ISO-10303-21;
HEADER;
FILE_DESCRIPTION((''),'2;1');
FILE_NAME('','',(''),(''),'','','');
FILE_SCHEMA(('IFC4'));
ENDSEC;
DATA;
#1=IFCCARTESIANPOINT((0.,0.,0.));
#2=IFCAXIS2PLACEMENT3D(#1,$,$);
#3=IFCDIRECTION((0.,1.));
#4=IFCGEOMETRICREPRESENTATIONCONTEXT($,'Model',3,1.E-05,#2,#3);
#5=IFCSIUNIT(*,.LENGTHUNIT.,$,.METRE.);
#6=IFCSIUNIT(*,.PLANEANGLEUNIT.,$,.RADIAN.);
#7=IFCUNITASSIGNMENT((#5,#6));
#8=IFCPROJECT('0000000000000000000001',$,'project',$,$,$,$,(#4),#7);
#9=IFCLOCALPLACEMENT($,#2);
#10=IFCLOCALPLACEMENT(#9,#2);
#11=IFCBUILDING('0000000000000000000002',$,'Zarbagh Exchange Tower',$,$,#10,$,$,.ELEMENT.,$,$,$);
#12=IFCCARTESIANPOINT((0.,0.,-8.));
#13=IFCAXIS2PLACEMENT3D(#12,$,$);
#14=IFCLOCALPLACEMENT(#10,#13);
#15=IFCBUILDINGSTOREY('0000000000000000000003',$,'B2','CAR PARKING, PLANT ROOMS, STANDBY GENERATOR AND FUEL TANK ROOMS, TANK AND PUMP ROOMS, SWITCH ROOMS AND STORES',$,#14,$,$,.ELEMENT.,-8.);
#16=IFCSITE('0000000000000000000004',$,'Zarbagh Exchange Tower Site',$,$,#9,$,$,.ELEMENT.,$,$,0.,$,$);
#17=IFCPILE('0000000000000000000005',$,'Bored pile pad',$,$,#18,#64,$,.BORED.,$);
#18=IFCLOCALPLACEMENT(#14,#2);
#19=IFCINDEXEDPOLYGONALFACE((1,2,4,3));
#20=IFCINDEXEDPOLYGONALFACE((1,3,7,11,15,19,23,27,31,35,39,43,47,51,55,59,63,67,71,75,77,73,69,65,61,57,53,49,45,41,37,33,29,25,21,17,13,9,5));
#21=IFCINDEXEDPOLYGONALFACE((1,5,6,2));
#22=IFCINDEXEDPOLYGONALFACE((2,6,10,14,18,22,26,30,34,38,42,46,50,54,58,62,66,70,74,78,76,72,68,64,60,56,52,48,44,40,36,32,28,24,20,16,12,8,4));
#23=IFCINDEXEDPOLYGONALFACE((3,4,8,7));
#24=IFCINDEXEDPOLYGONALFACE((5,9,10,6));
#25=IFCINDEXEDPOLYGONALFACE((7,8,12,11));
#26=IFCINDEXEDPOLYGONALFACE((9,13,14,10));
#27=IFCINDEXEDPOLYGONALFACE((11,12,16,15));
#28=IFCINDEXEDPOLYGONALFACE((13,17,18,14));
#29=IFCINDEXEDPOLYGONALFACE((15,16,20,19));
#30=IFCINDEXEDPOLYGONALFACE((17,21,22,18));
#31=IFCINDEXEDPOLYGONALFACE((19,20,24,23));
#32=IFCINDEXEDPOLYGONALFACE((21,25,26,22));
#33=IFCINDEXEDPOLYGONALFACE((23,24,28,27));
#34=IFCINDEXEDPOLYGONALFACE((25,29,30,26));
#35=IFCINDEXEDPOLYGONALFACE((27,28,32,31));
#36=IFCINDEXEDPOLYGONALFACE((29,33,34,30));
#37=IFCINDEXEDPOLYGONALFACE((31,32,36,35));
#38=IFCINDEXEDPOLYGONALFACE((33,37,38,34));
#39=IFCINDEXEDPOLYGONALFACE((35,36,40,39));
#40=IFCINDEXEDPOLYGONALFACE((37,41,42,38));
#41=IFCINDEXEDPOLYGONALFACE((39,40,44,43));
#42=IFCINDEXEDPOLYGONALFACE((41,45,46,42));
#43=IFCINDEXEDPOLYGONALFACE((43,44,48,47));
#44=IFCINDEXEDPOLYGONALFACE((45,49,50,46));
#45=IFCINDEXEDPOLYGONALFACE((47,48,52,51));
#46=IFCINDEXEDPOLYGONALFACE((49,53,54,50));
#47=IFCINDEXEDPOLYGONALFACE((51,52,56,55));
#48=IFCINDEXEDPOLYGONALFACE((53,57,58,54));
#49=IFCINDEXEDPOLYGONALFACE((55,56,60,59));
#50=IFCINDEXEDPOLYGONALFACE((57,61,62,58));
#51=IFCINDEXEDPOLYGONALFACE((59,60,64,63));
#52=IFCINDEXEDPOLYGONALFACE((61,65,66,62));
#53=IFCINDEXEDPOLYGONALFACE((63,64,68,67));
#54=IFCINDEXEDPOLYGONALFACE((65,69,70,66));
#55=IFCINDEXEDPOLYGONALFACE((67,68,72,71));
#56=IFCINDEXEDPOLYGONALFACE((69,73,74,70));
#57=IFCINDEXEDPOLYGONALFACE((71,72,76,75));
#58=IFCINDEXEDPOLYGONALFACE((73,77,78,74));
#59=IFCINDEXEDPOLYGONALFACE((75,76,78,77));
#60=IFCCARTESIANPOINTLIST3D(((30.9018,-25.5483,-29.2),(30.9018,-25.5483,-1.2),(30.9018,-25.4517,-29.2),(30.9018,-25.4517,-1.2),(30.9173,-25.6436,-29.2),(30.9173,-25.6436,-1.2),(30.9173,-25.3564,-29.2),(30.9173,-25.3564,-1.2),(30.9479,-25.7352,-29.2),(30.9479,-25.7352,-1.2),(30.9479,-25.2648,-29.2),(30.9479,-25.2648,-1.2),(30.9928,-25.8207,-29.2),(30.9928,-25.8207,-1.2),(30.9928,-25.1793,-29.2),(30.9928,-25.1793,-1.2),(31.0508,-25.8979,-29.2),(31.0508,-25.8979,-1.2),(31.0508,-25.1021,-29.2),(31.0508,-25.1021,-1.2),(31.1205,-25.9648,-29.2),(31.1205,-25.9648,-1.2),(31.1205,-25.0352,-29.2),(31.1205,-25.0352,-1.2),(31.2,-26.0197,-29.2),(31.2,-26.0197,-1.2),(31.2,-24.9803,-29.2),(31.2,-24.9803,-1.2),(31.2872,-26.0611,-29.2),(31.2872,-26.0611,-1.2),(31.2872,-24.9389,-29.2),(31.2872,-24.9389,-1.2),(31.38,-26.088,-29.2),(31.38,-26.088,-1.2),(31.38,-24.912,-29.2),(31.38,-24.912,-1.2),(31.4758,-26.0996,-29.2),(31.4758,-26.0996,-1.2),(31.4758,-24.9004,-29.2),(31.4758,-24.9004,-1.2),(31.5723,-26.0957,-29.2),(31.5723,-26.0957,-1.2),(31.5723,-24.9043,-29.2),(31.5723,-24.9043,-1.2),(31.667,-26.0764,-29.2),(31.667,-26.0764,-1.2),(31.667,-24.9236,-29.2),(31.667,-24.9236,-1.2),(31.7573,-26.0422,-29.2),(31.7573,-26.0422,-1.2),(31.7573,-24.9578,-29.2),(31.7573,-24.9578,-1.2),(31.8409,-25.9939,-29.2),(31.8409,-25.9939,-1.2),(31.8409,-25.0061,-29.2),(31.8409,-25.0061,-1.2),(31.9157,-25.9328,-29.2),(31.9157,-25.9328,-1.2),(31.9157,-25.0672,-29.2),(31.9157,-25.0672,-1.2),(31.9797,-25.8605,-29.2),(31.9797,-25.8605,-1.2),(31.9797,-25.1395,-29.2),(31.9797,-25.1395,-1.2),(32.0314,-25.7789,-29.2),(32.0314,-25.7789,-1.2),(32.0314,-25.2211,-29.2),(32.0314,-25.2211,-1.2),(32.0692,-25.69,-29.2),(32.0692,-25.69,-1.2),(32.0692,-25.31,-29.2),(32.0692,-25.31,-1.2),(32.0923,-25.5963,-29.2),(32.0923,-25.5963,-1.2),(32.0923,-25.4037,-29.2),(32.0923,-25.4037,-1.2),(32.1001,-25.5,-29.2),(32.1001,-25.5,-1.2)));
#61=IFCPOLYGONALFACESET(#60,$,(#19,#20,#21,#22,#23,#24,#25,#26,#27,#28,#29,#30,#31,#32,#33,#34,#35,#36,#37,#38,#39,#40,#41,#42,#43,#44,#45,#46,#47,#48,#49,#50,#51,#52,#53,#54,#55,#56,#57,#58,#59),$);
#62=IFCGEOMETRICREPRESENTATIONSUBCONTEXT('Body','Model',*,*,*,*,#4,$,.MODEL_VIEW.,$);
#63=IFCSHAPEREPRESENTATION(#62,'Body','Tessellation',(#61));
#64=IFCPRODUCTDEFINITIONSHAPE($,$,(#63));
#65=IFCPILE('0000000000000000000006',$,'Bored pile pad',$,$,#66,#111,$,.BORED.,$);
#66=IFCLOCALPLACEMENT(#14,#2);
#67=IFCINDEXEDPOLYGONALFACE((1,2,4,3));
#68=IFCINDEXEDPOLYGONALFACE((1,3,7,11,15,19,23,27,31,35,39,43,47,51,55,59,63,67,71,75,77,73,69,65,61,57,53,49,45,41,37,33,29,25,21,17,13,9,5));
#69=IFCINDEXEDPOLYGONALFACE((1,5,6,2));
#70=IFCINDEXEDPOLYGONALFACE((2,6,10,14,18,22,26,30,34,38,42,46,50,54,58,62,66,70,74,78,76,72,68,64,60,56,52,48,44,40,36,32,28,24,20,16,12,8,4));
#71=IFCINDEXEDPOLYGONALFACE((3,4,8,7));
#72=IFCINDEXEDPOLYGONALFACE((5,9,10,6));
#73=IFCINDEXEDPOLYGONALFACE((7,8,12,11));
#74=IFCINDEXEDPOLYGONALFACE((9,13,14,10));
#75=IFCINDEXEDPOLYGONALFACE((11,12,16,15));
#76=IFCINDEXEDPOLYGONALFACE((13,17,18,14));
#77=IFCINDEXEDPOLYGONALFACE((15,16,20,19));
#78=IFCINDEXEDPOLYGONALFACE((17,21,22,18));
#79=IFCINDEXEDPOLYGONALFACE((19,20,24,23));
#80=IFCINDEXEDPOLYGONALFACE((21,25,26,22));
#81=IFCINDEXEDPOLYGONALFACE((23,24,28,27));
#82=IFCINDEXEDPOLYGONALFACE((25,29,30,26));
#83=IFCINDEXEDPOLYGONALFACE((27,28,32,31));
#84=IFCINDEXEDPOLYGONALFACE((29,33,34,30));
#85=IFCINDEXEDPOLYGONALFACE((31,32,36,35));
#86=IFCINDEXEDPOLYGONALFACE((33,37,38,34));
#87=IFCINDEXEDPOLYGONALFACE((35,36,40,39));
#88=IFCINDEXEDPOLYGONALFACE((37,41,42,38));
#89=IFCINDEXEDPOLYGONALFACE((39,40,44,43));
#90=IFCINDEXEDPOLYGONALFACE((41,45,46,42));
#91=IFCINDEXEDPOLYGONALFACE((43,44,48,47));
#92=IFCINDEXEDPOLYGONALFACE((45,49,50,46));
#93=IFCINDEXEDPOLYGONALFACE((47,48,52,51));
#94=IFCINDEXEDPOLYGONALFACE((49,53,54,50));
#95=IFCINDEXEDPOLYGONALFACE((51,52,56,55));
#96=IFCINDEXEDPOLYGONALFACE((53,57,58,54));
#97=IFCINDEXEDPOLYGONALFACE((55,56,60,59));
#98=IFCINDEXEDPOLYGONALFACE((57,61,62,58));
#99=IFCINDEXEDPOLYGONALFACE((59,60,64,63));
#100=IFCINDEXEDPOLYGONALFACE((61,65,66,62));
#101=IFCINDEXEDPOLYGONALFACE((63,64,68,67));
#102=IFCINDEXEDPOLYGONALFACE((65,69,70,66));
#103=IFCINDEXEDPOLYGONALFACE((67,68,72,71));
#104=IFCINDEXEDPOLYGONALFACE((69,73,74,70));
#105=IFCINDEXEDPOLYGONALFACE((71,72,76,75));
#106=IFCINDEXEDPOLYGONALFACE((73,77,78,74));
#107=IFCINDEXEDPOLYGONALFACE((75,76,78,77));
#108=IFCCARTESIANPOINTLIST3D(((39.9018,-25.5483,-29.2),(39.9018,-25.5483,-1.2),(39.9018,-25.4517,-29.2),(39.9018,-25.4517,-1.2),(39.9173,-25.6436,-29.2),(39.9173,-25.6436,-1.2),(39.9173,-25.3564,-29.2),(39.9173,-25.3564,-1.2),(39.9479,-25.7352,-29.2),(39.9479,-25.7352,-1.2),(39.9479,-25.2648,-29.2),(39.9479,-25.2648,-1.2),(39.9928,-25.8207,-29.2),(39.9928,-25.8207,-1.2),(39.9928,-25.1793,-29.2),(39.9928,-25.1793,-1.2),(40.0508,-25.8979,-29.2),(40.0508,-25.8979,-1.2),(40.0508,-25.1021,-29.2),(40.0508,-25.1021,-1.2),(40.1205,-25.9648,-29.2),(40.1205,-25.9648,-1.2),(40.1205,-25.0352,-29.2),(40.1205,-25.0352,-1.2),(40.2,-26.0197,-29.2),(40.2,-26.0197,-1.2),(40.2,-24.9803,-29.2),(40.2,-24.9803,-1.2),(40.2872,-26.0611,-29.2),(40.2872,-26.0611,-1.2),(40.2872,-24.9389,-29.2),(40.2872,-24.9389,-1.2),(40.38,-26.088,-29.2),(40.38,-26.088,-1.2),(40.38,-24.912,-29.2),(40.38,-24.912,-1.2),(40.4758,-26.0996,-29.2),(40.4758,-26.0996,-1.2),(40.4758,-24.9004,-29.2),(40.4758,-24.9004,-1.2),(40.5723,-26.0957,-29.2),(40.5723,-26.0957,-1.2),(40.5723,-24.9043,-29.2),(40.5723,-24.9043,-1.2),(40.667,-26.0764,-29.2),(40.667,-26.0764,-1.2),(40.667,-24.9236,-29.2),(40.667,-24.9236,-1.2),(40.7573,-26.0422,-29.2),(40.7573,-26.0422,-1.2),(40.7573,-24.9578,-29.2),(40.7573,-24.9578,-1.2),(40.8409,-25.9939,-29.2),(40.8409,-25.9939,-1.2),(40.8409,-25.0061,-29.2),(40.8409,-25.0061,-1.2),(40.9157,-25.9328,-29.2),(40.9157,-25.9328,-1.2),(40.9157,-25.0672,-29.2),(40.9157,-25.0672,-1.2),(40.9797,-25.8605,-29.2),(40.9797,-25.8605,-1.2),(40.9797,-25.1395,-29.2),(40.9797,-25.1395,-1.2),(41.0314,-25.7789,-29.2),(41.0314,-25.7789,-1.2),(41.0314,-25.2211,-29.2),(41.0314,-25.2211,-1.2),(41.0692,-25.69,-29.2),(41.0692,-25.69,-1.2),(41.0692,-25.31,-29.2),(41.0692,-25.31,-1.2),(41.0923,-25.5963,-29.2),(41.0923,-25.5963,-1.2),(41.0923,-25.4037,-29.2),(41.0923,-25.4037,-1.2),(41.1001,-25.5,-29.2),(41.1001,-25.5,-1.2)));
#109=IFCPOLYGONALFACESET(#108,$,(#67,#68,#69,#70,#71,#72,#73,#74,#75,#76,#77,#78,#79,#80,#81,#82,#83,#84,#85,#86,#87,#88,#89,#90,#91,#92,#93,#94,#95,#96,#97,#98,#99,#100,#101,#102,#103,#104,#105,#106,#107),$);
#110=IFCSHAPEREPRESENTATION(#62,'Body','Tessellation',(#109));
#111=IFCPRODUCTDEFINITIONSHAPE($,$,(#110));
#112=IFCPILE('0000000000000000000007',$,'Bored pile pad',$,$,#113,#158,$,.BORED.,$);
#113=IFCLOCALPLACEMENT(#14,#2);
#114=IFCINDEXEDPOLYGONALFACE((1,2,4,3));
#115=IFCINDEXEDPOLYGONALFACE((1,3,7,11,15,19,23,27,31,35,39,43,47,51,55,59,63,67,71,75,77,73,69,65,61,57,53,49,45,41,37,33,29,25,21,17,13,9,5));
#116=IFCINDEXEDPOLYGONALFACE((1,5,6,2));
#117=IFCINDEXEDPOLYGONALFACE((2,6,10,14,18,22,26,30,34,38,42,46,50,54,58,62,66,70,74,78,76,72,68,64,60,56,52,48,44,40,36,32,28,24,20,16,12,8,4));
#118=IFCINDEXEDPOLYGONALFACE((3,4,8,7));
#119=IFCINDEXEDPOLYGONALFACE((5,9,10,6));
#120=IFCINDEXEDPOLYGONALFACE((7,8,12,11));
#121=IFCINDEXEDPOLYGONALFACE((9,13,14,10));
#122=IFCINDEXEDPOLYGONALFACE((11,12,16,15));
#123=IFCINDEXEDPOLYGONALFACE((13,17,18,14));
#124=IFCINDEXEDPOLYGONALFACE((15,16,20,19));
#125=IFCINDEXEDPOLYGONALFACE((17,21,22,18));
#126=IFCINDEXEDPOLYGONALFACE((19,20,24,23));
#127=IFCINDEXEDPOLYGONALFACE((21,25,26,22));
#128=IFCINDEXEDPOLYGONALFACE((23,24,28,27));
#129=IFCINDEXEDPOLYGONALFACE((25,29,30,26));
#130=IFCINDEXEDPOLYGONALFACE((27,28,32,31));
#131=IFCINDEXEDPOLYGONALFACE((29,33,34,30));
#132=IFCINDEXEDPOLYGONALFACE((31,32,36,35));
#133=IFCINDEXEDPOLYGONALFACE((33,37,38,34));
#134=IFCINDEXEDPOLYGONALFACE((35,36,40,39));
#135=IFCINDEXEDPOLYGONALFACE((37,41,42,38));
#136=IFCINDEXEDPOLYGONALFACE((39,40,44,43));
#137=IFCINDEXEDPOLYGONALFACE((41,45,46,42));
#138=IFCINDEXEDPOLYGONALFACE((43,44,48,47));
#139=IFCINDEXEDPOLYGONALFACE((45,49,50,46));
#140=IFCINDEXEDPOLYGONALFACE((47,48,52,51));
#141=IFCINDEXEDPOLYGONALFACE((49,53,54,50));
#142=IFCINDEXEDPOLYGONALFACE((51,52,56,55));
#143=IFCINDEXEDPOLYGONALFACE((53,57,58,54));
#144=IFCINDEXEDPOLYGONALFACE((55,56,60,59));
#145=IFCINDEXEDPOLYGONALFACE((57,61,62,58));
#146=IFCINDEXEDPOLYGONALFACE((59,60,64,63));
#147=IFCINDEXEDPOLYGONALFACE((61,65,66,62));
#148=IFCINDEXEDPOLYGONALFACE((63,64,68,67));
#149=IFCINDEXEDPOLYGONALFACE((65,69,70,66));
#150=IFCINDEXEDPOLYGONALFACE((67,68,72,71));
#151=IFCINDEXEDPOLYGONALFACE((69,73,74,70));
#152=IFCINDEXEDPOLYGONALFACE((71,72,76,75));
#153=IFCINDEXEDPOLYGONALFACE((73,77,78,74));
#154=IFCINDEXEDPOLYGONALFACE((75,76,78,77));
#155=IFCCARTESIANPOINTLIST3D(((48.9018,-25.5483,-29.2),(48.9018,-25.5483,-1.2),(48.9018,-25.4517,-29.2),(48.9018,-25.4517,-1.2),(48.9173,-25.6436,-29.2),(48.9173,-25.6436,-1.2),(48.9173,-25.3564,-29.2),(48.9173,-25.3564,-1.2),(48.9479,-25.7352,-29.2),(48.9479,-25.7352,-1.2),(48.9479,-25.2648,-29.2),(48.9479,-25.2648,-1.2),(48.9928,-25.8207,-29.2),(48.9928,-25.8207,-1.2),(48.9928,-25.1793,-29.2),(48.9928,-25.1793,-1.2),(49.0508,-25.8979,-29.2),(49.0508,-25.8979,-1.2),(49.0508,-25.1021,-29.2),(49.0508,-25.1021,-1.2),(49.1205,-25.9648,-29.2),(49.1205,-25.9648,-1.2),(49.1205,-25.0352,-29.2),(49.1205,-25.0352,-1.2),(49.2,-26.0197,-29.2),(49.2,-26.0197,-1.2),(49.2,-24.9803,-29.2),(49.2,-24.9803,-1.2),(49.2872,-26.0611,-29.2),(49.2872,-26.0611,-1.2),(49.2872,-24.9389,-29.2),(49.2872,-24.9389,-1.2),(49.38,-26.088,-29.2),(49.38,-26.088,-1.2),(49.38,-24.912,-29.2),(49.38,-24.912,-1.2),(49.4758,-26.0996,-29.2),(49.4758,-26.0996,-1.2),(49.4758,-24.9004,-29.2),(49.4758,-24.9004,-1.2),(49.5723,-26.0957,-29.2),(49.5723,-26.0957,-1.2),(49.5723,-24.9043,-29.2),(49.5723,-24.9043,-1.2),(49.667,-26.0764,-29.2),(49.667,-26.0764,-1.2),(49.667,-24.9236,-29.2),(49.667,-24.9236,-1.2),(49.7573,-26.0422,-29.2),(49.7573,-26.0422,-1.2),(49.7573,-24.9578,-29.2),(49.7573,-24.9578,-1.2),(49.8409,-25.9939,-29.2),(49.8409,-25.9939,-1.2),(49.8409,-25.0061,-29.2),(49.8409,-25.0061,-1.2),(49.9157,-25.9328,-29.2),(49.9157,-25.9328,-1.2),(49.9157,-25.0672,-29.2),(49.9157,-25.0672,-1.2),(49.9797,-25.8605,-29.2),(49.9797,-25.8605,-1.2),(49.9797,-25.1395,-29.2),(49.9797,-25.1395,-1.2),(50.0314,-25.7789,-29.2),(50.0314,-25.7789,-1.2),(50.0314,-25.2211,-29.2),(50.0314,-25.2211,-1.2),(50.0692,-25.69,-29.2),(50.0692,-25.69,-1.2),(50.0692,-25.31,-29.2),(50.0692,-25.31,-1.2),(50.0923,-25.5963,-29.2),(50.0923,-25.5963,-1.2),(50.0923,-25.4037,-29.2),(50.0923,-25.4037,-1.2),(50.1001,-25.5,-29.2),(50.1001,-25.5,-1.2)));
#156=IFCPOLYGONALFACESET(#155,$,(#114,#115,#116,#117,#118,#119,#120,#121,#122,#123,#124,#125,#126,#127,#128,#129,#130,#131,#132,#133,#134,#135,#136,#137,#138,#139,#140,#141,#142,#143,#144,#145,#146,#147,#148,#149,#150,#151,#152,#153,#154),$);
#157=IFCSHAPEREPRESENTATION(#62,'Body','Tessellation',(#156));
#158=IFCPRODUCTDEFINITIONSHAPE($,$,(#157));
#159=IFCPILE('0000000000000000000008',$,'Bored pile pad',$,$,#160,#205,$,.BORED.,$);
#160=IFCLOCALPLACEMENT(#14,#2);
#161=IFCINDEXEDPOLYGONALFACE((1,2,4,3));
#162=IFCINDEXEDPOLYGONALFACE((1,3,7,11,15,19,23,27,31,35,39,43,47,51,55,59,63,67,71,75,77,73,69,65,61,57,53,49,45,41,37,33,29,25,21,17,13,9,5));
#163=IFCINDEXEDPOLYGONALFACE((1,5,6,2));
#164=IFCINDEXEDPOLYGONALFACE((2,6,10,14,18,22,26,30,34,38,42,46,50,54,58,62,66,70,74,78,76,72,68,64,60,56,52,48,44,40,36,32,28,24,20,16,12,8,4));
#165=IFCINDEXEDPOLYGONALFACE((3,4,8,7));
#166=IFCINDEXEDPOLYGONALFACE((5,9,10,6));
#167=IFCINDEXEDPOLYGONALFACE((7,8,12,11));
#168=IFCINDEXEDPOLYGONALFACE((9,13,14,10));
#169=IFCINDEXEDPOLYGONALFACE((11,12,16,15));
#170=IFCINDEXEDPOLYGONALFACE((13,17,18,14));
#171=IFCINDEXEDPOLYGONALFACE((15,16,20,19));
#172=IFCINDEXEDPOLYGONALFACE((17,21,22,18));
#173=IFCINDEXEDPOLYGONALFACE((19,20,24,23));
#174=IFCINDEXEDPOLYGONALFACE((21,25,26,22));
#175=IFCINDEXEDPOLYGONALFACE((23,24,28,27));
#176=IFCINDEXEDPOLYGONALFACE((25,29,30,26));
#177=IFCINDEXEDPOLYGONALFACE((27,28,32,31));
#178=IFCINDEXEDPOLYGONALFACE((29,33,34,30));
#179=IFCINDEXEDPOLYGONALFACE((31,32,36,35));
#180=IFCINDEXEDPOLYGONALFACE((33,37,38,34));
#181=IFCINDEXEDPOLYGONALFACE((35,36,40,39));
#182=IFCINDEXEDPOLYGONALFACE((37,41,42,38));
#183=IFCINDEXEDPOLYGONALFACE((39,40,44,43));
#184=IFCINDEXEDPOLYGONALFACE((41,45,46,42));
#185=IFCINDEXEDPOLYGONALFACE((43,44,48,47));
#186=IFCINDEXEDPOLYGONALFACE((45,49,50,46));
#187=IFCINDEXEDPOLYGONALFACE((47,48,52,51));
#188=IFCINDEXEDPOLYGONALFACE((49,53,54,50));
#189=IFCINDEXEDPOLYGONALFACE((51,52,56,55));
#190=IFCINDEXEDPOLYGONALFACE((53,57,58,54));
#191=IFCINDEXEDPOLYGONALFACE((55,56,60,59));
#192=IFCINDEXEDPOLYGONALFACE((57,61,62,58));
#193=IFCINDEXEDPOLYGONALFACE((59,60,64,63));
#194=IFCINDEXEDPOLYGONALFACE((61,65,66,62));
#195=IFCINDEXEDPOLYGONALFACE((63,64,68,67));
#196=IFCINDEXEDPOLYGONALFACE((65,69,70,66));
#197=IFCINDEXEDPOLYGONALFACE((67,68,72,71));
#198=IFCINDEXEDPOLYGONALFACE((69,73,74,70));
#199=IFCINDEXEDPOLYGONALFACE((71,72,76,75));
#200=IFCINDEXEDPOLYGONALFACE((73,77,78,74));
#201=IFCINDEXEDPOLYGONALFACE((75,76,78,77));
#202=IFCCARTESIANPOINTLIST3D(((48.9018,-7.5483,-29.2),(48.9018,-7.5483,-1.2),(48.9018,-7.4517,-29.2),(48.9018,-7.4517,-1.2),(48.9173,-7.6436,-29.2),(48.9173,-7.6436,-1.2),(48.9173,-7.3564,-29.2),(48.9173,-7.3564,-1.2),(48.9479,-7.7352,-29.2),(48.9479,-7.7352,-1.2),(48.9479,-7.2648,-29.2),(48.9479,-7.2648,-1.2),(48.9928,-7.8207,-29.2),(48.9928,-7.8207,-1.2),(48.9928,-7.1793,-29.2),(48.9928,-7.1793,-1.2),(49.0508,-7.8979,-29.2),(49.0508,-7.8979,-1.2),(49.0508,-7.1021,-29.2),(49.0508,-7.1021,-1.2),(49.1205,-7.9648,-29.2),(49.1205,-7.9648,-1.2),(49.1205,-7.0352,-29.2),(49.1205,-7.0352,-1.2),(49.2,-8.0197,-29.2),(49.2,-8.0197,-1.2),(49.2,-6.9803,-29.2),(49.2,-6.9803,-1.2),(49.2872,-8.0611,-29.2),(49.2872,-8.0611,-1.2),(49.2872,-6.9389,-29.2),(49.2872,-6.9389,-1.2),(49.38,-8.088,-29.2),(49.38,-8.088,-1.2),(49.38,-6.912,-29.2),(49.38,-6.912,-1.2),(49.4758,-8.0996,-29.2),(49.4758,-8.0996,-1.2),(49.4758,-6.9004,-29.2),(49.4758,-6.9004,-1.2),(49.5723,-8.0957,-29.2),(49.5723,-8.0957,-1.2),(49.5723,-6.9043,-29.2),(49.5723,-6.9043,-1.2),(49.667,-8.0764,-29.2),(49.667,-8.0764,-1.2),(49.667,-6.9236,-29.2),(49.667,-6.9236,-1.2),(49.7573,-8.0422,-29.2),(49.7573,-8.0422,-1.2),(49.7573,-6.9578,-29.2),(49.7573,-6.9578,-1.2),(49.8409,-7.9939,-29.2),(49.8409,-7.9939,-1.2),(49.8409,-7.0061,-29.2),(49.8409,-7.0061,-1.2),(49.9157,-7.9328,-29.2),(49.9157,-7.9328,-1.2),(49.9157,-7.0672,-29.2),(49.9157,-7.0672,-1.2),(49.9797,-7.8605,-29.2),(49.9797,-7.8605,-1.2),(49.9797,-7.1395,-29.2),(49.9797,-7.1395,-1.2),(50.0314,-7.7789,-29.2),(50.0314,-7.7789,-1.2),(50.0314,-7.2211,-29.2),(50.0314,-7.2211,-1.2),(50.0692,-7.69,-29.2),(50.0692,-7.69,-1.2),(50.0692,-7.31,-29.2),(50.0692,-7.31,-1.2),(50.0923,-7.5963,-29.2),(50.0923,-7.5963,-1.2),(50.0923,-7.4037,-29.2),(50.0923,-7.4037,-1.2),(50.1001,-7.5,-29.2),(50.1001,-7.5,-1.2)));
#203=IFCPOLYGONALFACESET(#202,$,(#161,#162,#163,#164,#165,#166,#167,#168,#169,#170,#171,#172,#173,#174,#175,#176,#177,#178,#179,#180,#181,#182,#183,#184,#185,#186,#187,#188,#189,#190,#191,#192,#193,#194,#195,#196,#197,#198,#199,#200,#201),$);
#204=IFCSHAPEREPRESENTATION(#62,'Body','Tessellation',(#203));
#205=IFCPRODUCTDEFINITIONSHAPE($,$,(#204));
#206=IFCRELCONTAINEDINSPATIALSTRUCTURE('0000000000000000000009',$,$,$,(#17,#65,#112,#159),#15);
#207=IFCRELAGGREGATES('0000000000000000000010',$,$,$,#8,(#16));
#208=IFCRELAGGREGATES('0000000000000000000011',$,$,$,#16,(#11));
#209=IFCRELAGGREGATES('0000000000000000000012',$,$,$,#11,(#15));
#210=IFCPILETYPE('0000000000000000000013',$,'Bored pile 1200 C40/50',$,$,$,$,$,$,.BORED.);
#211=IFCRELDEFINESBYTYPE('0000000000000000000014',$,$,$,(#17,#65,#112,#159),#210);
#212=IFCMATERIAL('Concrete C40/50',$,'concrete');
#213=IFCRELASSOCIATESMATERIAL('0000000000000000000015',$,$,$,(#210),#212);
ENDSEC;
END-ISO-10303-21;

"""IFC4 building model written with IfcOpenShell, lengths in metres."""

from ifc_helpers import new_model, si_unit, direction, frame, origin, origin_2d, place, context, subcontext, project, spatial, circle, extrude, material, material_profile, profile_set, type_object, element, save


model = new_model("IFC4")

# Units and contexts
model_context = context("Model", 3, precision=1e-05, world=origin(), true_north=direction((0.0, 1.0)))
body_context = subcontext(model_context, "Body", "Model", "MODEL_VIEW")
ifc_project = project(units=[si_unit("LENGTHUNIT", "METRE"), si_unit("PLANEANGLEUNIT", "RADIAN")], contexts=[model_context])

# Site, building, storey
site_placement = place(None, origin())
site = spatial("IfcSite", under=ifc_project, at=site_placement, Name="Zarbagh Exchange Tower Site", CompositionType="ELEMENT", RefElevation=0.0)
building_placement = place(site_placement, origin())
building = spatial("IfcBuilding", under=site, at=building_placement, Name="Zarbagh Exchange Tower", CompositionType="ELEMENT")
storey_placement = place(building_placement, frame((0.0, 0.0, -8.0)))
storey = spatial("IfcBuildingStorey", under=building, at=storey_placement, Name="B2", Description="CAR PARKING, PLANT ROOMS, STANDBY GENERATOR AND FUEL TANK ROOMS, TANK AND PUMP ROOMS, SWITCH ROOMS AND STORES", CompositionType="ELEMENT", Elevation=-8.0)

# Piles
ifc_material_1 = material(Name="Concrete C40/50", Category="concrete")
ifc_material_profile_1 = material_profile(ifc_material_1, circle(Radius=0.6001, at=origin_2d()), Name="Bored pile 1200 C40/50")
ifc_profile_set_1 = profile_set([ifc_material_profile_1], Name="Concrete C40/50")
pile_type = type_object("IfcPileType", Name="Bored pile 1200 C40/50", PredefinedType="BORED", material=ifc_profile_set_1)
for number, where, z_axis, x_axis, name in (
    (1, (31.5, -25.5, -1.2), (0.0, 0.0, -1.0), (1.0, 0.0, 0.0), "Bored pile pad"),
    (2, (40.5, -25.5, -1.2), (0.0, 0.0, -1.0), (1.0, 0.0, 0.0), "Bored pile pad"),
    (3, (49.5, -25.5, -1.2), (0.0, 0.0, -1.0), (1.0, 0.0, 0.0), "Bored pile pad"),
    (4, (49.5, -7.5, -1.2), (0.0, 0.0, -1.0), (1.0, 0.0, 0.0), "Bored pile pad"),
):
    element("IfcPile", number, at=place(storey_placement, frame(where, z_axis=z_axis, x_axis=x_axis)), inside=storey, type_object=pile_type, Name=name, PredefinedType="BORED", context=body_context, shape_type="SweptSolid", body=[
        extrude(circle(Radius=0.6001, at=origin_2d()), origin(), (0.0, 0.0, 1.0), 28.0),
    ])

save(model, "model.ifc")
